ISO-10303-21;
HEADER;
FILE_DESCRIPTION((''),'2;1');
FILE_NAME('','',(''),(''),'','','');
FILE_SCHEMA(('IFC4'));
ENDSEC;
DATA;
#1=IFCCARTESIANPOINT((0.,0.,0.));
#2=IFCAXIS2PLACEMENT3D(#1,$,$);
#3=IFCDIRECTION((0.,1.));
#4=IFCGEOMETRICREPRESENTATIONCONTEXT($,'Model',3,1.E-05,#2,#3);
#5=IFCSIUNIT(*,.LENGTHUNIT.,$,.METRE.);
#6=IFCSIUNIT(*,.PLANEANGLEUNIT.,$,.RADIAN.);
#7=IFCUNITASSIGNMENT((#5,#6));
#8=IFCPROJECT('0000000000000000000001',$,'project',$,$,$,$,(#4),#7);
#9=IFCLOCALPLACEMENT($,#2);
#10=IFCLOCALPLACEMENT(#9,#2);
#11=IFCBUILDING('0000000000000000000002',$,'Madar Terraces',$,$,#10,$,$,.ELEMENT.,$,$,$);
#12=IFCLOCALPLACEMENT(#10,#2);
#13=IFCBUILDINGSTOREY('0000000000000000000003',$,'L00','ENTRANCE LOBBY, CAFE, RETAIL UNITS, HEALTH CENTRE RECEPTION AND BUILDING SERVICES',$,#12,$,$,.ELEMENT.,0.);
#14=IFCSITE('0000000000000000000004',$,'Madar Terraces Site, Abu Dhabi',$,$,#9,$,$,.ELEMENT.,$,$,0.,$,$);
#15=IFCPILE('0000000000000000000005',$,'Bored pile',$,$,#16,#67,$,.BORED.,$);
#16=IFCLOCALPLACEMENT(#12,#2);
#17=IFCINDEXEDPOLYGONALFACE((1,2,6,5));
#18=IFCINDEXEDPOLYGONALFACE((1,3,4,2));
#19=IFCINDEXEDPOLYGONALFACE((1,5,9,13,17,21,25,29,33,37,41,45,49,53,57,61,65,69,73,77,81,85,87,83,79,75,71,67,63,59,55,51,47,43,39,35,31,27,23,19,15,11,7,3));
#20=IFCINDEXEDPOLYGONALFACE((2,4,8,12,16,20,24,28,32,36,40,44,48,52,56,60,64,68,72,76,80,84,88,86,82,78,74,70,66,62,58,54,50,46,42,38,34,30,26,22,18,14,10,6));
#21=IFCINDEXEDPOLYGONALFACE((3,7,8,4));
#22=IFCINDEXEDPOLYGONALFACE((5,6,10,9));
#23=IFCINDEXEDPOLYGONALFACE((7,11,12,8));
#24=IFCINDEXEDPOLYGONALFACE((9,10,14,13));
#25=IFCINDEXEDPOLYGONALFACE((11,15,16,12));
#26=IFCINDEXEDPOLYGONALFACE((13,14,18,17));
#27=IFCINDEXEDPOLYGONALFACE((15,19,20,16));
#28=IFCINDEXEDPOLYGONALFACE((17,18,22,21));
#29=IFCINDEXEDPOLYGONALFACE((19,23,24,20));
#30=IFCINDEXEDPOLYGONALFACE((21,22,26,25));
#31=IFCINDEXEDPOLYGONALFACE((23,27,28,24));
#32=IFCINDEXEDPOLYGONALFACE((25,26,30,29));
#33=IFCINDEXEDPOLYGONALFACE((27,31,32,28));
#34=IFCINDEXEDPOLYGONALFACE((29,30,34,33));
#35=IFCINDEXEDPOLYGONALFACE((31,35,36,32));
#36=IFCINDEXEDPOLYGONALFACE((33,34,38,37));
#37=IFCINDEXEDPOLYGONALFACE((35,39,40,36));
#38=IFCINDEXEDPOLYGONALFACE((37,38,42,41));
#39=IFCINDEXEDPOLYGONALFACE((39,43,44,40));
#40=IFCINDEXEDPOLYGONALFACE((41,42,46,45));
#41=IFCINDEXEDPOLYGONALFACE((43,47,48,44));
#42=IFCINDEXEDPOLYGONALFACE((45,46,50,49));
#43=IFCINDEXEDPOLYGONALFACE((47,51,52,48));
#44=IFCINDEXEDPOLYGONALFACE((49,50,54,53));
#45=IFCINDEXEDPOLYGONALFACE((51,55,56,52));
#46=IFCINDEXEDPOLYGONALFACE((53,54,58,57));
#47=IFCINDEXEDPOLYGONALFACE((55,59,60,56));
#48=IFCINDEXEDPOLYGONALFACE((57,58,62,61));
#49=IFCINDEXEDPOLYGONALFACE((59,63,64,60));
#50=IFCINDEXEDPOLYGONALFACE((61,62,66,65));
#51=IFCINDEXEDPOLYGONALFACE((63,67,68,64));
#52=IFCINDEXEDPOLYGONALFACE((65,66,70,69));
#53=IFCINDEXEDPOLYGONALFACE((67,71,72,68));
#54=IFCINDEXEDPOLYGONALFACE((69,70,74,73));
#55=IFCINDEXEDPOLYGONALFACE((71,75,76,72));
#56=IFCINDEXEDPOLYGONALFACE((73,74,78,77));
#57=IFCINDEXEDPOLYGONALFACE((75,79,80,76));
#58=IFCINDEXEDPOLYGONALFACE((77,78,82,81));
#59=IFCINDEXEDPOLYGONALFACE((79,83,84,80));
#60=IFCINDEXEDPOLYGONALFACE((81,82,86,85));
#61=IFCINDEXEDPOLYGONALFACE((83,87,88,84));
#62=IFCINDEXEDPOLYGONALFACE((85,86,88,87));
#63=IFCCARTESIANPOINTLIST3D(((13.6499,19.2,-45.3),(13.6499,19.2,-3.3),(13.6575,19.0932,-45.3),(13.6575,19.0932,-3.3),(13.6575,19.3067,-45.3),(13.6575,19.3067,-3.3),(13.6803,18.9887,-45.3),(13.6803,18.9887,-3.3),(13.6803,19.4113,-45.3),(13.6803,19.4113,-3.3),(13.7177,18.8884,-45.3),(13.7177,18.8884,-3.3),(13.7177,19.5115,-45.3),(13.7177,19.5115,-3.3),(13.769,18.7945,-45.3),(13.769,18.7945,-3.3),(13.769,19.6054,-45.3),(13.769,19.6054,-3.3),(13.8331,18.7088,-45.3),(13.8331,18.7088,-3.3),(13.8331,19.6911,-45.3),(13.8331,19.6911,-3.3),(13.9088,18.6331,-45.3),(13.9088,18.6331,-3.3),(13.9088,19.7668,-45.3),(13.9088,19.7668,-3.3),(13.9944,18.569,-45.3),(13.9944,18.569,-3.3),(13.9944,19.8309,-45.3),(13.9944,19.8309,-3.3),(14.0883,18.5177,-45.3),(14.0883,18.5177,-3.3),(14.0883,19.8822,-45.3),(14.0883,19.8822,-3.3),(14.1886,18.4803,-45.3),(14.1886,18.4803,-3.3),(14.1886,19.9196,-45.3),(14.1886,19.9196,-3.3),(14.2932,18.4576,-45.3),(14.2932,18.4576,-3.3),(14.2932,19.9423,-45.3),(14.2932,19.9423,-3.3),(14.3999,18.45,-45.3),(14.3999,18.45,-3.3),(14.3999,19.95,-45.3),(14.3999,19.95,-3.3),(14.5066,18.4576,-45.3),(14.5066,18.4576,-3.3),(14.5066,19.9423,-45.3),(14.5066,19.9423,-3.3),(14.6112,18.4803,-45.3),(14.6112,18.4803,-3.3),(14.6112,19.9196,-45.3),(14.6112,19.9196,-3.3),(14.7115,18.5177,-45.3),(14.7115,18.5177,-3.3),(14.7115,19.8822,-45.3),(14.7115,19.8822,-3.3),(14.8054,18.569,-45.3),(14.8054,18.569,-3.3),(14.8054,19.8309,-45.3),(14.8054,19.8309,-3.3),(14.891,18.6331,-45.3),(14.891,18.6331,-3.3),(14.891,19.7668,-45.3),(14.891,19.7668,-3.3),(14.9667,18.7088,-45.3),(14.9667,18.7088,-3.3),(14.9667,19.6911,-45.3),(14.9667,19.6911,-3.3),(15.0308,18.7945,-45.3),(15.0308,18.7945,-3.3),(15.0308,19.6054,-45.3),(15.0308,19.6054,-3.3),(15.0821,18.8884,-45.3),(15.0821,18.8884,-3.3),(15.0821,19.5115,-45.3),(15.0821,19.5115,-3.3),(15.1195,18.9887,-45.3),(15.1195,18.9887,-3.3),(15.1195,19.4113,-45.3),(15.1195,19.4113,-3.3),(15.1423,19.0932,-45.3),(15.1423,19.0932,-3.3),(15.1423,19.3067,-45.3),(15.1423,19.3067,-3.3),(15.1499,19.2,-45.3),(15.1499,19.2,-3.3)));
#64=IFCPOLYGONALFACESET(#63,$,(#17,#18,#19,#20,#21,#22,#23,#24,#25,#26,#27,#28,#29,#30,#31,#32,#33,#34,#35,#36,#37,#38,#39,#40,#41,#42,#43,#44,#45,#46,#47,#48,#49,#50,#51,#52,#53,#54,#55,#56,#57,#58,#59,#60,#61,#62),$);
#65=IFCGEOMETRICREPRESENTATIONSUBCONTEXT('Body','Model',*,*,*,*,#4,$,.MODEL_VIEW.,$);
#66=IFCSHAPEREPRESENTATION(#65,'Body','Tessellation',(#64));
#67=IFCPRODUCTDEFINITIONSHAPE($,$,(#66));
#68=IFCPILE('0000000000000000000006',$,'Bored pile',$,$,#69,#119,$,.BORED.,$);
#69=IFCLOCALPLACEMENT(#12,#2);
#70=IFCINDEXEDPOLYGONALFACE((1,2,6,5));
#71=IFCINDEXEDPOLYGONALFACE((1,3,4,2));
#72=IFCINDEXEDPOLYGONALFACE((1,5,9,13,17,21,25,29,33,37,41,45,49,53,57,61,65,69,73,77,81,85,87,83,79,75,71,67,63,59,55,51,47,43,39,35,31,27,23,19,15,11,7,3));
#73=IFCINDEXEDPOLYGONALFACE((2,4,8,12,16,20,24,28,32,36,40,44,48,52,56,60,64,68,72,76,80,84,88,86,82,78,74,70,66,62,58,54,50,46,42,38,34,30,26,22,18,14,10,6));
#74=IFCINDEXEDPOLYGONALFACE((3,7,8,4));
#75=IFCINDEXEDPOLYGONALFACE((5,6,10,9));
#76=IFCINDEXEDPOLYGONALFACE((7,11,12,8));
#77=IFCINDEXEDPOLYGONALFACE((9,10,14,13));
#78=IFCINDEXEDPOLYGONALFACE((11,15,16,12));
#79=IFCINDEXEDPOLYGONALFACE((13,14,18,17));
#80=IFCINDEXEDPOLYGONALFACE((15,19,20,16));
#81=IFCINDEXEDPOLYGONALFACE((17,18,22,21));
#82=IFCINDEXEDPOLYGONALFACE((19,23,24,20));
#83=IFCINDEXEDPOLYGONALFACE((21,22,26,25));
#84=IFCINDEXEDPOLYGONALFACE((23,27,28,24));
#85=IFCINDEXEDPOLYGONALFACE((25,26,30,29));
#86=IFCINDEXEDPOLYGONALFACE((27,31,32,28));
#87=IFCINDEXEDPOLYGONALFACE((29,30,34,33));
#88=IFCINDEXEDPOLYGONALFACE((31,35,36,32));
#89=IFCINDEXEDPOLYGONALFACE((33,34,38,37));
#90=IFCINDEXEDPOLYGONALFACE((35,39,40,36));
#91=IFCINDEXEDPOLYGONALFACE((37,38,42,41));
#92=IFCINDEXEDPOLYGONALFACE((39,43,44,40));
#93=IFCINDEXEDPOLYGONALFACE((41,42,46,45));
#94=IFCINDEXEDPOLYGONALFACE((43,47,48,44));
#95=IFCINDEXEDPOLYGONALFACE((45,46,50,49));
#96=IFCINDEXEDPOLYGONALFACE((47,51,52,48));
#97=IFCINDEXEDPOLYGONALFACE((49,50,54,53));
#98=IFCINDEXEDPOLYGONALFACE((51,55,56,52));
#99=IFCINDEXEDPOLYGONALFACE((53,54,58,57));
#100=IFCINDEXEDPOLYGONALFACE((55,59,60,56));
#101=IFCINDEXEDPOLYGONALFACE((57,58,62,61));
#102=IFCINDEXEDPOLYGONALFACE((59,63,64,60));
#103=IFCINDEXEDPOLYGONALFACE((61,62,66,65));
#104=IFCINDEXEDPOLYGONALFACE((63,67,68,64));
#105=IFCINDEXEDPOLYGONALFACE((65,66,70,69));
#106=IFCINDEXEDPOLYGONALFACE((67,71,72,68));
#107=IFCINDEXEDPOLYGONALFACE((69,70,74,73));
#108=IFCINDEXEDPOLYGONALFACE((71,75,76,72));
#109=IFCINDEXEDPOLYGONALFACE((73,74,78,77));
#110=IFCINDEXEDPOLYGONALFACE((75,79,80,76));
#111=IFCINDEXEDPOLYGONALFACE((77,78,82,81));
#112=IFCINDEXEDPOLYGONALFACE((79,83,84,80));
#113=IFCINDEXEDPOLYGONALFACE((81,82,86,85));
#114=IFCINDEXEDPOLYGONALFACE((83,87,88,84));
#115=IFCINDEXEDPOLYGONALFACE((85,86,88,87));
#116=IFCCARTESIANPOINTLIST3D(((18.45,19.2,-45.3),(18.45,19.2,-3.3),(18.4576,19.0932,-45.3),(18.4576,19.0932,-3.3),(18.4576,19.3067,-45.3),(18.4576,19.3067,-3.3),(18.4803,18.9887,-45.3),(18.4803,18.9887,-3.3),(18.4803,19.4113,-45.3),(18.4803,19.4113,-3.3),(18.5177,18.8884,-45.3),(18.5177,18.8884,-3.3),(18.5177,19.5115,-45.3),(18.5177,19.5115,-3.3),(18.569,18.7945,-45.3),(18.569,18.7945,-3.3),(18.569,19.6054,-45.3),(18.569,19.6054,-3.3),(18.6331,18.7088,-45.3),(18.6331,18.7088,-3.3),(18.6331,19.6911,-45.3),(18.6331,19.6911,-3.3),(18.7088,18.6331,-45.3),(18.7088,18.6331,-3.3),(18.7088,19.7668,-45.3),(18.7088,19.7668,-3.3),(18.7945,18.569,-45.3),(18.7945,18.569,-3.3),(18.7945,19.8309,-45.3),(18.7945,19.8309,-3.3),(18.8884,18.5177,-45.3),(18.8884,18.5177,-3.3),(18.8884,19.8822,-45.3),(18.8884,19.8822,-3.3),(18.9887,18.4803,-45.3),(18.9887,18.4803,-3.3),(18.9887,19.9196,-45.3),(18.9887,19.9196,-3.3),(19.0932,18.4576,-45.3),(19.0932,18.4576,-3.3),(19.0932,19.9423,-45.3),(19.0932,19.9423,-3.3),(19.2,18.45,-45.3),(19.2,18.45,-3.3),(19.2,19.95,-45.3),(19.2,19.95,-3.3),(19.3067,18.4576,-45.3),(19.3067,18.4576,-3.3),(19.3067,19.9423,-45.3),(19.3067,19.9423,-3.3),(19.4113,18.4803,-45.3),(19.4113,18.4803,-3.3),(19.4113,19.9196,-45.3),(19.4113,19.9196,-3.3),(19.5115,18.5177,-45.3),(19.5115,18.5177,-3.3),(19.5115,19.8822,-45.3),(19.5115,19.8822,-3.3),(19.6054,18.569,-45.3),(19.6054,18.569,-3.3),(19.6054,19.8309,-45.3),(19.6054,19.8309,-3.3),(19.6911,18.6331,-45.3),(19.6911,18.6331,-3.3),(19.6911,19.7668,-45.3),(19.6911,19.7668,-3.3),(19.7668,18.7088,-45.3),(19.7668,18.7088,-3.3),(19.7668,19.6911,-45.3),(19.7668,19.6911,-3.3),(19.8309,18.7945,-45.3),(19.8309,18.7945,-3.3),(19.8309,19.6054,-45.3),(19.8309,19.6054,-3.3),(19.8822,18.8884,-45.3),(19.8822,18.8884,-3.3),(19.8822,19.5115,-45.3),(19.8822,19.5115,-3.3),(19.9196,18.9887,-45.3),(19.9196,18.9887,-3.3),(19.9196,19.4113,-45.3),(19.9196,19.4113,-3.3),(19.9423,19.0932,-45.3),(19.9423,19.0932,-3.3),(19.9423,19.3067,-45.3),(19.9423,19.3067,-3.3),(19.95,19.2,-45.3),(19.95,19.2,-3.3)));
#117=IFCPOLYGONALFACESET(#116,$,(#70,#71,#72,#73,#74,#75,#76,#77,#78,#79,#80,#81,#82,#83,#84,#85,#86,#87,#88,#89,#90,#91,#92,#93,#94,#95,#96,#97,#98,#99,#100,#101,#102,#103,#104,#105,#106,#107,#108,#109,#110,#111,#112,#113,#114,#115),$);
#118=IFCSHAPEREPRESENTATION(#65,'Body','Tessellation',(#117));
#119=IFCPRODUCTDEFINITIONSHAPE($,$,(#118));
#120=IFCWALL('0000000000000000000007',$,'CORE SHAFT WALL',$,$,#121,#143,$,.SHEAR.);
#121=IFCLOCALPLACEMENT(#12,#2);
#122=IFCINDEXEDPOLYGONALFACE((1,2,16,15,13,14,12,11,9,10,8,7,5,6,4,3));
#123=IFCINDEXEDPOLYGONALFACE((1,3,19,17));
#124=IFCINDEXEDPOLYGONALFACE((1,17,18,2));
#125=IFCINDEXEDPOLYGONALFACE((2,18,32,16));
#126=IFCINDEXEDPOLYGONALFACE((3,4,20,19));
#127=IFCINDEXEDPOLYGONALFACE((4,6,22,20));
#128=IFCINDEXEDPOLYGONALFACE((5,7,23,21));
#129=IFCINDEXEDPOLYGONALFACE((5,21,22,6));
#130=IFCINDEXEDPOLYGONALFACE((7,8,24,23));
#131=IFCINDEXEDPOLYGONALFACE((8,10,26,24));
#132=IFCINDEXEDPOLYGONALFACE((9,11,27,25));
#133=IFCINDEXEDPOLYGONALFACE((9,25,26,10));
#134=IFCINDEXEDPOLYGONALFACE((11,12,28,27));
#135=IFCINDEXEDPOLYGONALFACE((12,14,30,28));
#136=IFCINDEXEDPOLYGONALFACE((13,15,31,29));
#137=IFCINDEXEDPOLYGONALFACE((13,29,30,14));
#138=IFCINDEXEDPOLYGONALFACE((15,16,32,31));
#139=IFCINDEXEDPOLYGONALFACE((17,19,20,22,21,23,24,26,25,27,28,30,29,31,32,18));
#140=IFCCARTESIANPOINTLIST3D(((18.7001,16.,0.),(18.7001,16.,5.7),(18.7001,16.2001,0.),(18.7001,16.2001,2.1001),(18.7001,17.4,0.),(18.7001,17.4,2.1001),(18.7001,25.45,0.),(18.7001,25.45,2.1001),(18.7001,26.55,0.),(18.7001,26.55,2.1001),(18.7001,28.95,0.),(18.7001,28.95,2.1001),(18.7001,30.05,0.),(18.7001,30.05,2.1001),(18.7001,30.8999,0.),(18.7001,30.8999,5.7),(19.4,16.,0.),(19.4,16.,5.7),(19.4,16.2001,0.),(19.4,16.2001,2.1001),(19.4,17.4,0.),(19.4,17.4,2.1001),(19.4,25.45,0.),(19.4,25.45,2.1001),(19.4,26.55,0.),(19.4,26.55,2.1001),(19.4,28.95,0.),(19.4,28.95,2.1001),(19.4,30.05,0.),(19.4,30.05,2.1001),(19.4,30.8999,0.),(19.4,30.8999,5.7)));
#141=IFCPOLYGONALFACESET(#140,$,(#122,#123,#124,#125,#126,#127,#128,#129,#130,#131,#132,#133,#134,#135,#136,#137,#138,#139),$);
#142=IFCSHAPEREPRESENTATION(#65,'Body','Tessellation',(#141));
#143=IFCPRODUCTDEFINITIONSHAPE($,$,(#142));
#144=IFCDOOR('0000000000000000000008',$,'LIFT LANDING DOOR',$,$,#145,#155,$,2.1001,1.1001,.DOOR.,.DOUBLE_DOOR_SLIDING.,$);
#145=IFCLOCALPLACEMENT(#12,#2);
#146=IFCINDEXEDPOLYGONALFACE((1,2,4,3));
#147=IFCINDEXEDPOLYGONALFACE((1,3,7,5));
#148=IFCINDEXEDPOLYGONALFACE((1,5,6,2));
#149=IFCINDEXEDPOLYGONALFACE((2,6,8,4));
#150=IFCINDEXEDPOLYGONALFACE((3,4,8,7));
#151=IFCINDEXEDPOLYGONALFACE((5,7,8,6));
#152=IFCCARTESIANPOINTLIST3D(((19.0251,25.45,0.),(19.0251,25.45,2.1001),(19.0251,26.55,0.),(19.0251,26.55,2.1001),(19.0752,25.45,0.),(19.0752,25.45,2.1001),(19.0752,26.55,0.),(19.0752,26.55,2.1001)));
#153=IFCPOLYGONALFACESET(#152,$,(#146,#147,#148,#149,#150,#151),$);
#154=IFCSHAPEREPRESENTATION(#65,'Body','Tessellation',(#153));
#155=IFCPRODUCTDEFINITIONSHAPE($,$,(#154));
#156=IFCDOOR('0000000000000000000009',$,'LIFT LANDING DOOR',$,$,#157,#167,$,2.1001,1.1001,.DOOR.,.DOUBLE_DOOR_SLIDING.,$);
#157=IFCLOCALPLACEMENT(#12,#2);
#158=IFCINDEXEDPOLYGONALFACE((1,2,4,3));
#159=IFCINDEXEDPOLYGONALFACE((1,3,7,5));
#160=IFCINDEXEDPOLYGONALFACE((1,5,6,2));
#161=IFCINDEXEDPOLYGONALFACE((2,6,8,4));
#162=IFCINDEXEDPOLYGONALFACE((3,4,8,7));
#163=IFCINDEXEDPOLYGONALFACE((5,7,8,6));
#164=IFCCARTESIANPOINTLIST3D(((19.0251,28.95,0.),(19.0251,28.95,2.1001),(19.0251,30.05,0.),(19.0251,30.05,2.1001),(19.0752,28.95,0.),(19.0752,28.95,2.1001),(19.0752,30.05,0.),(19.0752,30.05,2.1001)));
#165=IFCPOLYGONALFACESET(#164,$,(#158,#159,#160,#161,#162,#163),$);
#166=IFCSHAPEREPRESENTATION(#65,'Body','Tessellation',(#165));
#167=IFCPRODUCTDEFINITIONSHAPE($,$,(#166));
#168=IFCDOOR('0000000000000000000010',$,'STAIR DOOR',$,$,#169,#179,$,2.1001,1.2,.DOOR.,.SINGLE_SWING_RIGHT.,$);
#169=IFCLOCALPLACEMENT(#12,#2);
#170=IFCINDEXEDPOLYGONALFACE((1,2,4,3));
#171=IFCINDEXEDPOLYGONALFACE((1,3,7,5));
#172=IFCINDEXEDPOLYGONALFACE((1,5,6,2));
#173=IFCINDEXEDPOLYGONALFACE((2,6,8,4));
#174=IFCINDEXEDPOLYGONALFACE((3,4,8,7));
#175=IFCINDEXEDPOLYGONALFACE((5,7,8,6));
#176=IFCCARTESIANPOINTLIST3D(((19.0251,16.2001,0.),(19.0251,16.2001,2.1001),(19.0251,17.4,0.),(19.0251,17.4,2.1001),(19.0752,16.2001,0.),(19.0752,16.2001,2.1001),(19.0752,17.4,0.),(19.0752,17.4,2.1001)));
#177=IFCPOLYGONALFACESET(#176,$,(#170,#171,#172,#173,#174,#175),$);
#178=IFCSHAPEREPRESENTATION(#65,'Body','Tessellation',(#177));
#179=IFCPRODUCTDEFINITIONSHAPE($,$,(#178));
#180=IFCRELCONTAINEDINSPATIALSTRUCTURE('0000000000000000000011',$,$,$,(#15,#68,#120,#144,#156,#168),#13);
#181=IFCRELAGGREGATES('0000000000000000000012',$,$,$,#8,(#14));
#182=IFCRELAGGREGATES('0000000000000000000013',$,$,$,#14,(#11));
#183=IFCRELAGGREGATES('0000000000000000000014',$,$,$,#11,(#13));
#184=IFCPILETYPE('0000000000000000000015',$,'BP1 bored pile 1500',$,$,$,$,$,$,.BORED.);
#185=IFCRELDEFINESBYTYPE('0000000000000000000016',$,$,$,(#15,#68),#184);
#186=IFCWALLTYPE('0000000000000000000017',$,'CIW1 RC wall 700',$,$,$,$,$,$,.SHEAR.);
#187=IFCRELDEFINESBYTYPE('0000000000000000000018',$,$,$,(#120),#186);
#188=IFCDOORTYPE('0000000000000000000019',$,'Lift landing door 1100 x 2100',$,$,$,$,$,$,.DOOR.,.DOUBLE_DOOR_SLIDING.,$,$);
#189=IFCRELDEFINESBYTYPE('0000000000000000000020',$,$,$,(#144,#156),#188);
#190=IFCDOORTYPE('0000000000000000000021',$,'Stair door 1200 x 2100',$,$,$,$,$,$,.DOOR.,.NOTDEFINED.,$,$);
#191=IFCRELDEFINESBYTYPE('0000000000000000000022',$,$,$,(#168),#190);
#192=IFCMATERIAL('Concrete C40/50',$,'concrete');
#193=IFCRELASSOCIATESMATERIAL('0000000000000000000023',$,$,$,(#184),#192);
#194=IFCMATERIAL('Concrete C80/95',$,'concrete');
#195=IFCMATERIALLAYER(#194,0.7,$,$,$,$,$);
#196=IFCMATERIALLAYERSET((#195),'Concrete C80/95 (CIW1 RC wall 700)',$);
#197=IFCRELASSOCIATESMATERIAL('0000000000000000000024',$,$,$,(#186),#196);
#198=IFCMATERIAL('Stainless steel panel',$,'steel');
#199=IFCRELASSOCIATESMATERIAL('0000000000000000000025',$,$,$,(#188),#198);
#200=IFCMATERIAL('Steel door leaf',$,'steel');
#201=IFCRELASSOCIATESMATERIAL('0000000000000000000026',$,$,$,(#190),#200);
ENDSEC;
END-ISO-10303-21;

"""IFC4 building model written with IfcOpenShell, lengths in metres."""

from ifc_helpers import new_model, si_unit, direction, frame, frame_2d, origin, origin_2d, place, context, subcontext, project, spatial, rectangle, circle, extrude, material, layer, layer_set, material_profile, profile_set, type_object, element, fill, save


model = new_model("IFC4")

# Units and contexts
model_context = context("Model", 3, precision=1e-05, world=origin(), true_north=direction((0.0, 1.0)))
body_context = subcontext(model_context, "Body", "Model", "MODEL_VIEW")
ifc_project = project(units=[si_unit("LENGTHUNIT", "METRE"), si_unit("PLANEANGLEUNIT", "RADIAN")], contexts=[model_context])

# Site, building, storey
site_placement = place(None, origin())
site = spatial("IfcSite", under=ifc_project, at=site_placement, Name="Madar Terraces Site, Abu Dhabi", CompositionType="ELEMENT", RefElevation=0.0)
building_placement = place(site_placement, origin())
building = spatial("IfcBuilding", under=site, at=building_placement, Name="Madar Terraces", CompositionType="ELEMENT")
storey_placement = place(building_placement, origin())
storey = spatial("IfcBuildingStorey", under=building, at=storey_placement, Name="L00", Description="ENTRANCE LOBBY, CAFE, RETAIL UNITS, HEALTH CENTRE RECEPTION AND BUILDING SERVICES", CompositionType="ELEMENT", Elevation=0.0)

# Piles
ifc_material_1 = material(Name="Concrete C40/50", Category="concrete")
ifc_material_profile = material_profile(ifc_material_1, circle(Radius=0.75, at=origin_2d()), Name="BP1 bored pile 1500")
ifc_profile_set = profile_set([ifc_material_profile], Name="Concrete C40/50")
pile_type = type_object("IfcPileType", Name="BP1 bored pile 1500", PredefinedType="BORED", material=ifc_profile_set)
for number, where, z_axis, x_axis, name in (
    (1, (14.3999, 19.2, -3.3), (0.0, 0.0, -1.0), (1.0, 0.0, 0.0), "Bored pile"),
    (2, (19.2, 19.2, -3.3), (0.0, 0.0, -1.0), (1.0, 0.0, 0.0), "Bored pile"),
):
    element("IfcPile", number, at=place(storey_placement, frame(where, z_axis=z_axis, x_axis=x_axis)), inside=storey, type_object=pile_type, Name=name, PredefinedType="BORED", context=body_context, shape_type="SweptSolid", body=[
        extrude(circle(Radius=0.75, at=origin_2d()), origin(), (0.0, 0.0, 1.0), 42.0),
    ])

# Wall, openings, doors
ifc_material_2 = material(Name="Concrete C80/95", Category="concrete")
ifc_layer_1 = layer(ifc_material_2, 0.7)
ifc_layer_set_1 = layer_set([ifc_layer_1], Name="Concrete C80/95 (CIW1 RC wall 700)")
wall_type_1 = type_object("IfcWallType", Name="CIW1 RC wall 700", PredefinedType="SHEAR", material=ifc_layer_set_1)
wall_1_placement = place(storey_placement, frame((19.05, 16.0, 0.0), z_axis=(0.0, 0.0, 1.0), x_axis=(0.0, 1.0, 0.0)))
wall_1 = element("IfcWall", 3, at=wall_1_placement, inside=storey, type_object=wall_type_1, Name="CORE SHAFT WALL", PredefinedType="SHEAR", context=body_context, shape_type="SweptSolid", body=[
    extrude(rectangle(XDim=14.8999, YDim=0.7, at=frame_2d((7.45, 0.0))), origin(), (0.0, 0.0, 1.0), 5.7),
])
opening_1_placement = place(wall_1_placement, frame((9.45, 0.0, 0.0)))
opening_1 = element("IfcOpeningElement", 4, at=opening_1_placement, cuts=wall_1, PredefinedType="OPENING", context=body_context, shape_type="SweptSolid", body=[
    extrude(rectangle(XDim=1.1001, YDim=2.1001, at=frame_2d((0.55, 1.05))), frame((0.0, 0.3599, 0.0), z_axis=(0.0, -1.0, 0.0), x_axis=(1.0, 0.0, 0.0)), (0.0, 0.0, 1.0), 0.72),
])
opening_2_placement = place(wall_1_placement, frame((12.95, 0.0, 0.0)))
opening_2 = element("IfcOpeningElement", 5, at=opening_2_placement, cuts=wall_1, PredefinedType="OPENING", context=body_context, shape_type="SweptSolid", body=[
    extrude(rectangle(XDim=1.1001, YDim=2.1001, at=frame_2d((0.55, 1.05))), frame((0.0, 0.3599, 0.0), z_axis=(0.0, -1.0, 0.0), x_axis=(1.0, 0.0, 0.0)), (0.0, 0.0, 1.0), 0.72),
])
opening_3_placement = place(wall_1_placement, frame((0.2, 0.0, 0.0)))
opening_3 = element("IfcOpeningElement", 6, at=opening_3_placement, cuts=wall_1, PredefinedType="OPENING", context=body_context, shape_type="SweptSolid", body=[
    extrude(rectangle(XDim=1.2, YDim=2.1001, at=frame_2d((0.6001, 1.05))), frame((0.0, 0.3599, 0.0), z_axis=(0.0, -1.0, 0.0), x_axis=(1.0, 0.0, 0.0)), (0.0, 0.0, 1.0), 0.72),
])
ifc_material_3 = material(Name="Stainless steel panel", Category="steel")
door_type_1 = type_object("IfcDoorType", Name="Lift landing door 1100 x 2100", OperationType="DOUBLE_DOOR_SLIDING", PredefinedType="DOOR", material=ifc_material_3)
door_1_placement = place(opening_1_placement, origin())
door_1 = element("IfcDoor", 7, at=door_1_placement, inside=storey, type_object=door_type_1, Name="LIFT LANDING DOOR", OperationType="DOUBLE_DOOR_SLIDING", OverallHeight=2.1001, OverallWidth=1.1001, PredefinedType="DOOR", context=body_context, shape_type="SweptSolid", body=[
    extrude(rectangle(XDim=1.1001, YDim=2.1001, at=frame_2d((0.55, 1.05))), frame((0.0, 0.0249, 0.0), z_axis=(0.0, -1.0, 0.0), x_axis=(1.0, 0.0, 0.0)), (0.0, 0.0, 1.0), 0.05),
])
fill(opening_1, door_1)
door_2_placement = place(opening_2_placement, origin())
door_2 = element("IfcDoor", 8, at=door_2_placement, inside=storey, type_object=door_type_1, Name="LIFT LANDING DOOR", OperationType="DOUBLE_DOOR_SLIDING", OverallHeight=2.1001, OverallWidth=1.1001, PredefinedType="DOOR", context=body_context, shape_type="SweptSolid", body=[
    extrude(rectangle(XDim=1.1001, YDim=2.1001, at=frame_2d((0.55, 1.05))), frame((0.0, 0.0249, 0.0), z_axis=(0.0, -1.0, 0.0), x_axis=(1.0, 0.0, 0.0)), (0.0, 0.0, 1.0), 0.05),
])
fill(opening_2, door_2)
ifc_material_4 = material(Name="Steel door leaf", Category="steel")
door_type_2 = type_object("IfcDoorType", Name="Stair door 1200 x 2100", OperationType="NOTDEFINED", PredefinedType="DOOR", material=ifc_material_4)
door_3_placement = place(opening_3_placement, origin())
door_3 = element("IfcDoor", 9, at=door_3_placement, inside=storey, type_object=door_type_2, Name="STAIR DOOR", OperationType="SINGLE_SWING_RIGHT", OverallHeight=2.1001, OverallWidth=1.2, PredefinedType="DOOR", context=body_context, shape_type="SweptSolid", body=[
    extrude(rectangle(XDim=1.2, YDim=2.1001, at=frame_2d((0.6001, 1.05))), frame((0.0, 0.0249, 0.0), z_axis=(0.0, -1.0, 0.0), x_axis=(1.0, 0.0, 0.0)), (0.0, 0.0, 1.0), 0.05),
])
fill(opening_3, door_3)

save(model, "model.ifc")
